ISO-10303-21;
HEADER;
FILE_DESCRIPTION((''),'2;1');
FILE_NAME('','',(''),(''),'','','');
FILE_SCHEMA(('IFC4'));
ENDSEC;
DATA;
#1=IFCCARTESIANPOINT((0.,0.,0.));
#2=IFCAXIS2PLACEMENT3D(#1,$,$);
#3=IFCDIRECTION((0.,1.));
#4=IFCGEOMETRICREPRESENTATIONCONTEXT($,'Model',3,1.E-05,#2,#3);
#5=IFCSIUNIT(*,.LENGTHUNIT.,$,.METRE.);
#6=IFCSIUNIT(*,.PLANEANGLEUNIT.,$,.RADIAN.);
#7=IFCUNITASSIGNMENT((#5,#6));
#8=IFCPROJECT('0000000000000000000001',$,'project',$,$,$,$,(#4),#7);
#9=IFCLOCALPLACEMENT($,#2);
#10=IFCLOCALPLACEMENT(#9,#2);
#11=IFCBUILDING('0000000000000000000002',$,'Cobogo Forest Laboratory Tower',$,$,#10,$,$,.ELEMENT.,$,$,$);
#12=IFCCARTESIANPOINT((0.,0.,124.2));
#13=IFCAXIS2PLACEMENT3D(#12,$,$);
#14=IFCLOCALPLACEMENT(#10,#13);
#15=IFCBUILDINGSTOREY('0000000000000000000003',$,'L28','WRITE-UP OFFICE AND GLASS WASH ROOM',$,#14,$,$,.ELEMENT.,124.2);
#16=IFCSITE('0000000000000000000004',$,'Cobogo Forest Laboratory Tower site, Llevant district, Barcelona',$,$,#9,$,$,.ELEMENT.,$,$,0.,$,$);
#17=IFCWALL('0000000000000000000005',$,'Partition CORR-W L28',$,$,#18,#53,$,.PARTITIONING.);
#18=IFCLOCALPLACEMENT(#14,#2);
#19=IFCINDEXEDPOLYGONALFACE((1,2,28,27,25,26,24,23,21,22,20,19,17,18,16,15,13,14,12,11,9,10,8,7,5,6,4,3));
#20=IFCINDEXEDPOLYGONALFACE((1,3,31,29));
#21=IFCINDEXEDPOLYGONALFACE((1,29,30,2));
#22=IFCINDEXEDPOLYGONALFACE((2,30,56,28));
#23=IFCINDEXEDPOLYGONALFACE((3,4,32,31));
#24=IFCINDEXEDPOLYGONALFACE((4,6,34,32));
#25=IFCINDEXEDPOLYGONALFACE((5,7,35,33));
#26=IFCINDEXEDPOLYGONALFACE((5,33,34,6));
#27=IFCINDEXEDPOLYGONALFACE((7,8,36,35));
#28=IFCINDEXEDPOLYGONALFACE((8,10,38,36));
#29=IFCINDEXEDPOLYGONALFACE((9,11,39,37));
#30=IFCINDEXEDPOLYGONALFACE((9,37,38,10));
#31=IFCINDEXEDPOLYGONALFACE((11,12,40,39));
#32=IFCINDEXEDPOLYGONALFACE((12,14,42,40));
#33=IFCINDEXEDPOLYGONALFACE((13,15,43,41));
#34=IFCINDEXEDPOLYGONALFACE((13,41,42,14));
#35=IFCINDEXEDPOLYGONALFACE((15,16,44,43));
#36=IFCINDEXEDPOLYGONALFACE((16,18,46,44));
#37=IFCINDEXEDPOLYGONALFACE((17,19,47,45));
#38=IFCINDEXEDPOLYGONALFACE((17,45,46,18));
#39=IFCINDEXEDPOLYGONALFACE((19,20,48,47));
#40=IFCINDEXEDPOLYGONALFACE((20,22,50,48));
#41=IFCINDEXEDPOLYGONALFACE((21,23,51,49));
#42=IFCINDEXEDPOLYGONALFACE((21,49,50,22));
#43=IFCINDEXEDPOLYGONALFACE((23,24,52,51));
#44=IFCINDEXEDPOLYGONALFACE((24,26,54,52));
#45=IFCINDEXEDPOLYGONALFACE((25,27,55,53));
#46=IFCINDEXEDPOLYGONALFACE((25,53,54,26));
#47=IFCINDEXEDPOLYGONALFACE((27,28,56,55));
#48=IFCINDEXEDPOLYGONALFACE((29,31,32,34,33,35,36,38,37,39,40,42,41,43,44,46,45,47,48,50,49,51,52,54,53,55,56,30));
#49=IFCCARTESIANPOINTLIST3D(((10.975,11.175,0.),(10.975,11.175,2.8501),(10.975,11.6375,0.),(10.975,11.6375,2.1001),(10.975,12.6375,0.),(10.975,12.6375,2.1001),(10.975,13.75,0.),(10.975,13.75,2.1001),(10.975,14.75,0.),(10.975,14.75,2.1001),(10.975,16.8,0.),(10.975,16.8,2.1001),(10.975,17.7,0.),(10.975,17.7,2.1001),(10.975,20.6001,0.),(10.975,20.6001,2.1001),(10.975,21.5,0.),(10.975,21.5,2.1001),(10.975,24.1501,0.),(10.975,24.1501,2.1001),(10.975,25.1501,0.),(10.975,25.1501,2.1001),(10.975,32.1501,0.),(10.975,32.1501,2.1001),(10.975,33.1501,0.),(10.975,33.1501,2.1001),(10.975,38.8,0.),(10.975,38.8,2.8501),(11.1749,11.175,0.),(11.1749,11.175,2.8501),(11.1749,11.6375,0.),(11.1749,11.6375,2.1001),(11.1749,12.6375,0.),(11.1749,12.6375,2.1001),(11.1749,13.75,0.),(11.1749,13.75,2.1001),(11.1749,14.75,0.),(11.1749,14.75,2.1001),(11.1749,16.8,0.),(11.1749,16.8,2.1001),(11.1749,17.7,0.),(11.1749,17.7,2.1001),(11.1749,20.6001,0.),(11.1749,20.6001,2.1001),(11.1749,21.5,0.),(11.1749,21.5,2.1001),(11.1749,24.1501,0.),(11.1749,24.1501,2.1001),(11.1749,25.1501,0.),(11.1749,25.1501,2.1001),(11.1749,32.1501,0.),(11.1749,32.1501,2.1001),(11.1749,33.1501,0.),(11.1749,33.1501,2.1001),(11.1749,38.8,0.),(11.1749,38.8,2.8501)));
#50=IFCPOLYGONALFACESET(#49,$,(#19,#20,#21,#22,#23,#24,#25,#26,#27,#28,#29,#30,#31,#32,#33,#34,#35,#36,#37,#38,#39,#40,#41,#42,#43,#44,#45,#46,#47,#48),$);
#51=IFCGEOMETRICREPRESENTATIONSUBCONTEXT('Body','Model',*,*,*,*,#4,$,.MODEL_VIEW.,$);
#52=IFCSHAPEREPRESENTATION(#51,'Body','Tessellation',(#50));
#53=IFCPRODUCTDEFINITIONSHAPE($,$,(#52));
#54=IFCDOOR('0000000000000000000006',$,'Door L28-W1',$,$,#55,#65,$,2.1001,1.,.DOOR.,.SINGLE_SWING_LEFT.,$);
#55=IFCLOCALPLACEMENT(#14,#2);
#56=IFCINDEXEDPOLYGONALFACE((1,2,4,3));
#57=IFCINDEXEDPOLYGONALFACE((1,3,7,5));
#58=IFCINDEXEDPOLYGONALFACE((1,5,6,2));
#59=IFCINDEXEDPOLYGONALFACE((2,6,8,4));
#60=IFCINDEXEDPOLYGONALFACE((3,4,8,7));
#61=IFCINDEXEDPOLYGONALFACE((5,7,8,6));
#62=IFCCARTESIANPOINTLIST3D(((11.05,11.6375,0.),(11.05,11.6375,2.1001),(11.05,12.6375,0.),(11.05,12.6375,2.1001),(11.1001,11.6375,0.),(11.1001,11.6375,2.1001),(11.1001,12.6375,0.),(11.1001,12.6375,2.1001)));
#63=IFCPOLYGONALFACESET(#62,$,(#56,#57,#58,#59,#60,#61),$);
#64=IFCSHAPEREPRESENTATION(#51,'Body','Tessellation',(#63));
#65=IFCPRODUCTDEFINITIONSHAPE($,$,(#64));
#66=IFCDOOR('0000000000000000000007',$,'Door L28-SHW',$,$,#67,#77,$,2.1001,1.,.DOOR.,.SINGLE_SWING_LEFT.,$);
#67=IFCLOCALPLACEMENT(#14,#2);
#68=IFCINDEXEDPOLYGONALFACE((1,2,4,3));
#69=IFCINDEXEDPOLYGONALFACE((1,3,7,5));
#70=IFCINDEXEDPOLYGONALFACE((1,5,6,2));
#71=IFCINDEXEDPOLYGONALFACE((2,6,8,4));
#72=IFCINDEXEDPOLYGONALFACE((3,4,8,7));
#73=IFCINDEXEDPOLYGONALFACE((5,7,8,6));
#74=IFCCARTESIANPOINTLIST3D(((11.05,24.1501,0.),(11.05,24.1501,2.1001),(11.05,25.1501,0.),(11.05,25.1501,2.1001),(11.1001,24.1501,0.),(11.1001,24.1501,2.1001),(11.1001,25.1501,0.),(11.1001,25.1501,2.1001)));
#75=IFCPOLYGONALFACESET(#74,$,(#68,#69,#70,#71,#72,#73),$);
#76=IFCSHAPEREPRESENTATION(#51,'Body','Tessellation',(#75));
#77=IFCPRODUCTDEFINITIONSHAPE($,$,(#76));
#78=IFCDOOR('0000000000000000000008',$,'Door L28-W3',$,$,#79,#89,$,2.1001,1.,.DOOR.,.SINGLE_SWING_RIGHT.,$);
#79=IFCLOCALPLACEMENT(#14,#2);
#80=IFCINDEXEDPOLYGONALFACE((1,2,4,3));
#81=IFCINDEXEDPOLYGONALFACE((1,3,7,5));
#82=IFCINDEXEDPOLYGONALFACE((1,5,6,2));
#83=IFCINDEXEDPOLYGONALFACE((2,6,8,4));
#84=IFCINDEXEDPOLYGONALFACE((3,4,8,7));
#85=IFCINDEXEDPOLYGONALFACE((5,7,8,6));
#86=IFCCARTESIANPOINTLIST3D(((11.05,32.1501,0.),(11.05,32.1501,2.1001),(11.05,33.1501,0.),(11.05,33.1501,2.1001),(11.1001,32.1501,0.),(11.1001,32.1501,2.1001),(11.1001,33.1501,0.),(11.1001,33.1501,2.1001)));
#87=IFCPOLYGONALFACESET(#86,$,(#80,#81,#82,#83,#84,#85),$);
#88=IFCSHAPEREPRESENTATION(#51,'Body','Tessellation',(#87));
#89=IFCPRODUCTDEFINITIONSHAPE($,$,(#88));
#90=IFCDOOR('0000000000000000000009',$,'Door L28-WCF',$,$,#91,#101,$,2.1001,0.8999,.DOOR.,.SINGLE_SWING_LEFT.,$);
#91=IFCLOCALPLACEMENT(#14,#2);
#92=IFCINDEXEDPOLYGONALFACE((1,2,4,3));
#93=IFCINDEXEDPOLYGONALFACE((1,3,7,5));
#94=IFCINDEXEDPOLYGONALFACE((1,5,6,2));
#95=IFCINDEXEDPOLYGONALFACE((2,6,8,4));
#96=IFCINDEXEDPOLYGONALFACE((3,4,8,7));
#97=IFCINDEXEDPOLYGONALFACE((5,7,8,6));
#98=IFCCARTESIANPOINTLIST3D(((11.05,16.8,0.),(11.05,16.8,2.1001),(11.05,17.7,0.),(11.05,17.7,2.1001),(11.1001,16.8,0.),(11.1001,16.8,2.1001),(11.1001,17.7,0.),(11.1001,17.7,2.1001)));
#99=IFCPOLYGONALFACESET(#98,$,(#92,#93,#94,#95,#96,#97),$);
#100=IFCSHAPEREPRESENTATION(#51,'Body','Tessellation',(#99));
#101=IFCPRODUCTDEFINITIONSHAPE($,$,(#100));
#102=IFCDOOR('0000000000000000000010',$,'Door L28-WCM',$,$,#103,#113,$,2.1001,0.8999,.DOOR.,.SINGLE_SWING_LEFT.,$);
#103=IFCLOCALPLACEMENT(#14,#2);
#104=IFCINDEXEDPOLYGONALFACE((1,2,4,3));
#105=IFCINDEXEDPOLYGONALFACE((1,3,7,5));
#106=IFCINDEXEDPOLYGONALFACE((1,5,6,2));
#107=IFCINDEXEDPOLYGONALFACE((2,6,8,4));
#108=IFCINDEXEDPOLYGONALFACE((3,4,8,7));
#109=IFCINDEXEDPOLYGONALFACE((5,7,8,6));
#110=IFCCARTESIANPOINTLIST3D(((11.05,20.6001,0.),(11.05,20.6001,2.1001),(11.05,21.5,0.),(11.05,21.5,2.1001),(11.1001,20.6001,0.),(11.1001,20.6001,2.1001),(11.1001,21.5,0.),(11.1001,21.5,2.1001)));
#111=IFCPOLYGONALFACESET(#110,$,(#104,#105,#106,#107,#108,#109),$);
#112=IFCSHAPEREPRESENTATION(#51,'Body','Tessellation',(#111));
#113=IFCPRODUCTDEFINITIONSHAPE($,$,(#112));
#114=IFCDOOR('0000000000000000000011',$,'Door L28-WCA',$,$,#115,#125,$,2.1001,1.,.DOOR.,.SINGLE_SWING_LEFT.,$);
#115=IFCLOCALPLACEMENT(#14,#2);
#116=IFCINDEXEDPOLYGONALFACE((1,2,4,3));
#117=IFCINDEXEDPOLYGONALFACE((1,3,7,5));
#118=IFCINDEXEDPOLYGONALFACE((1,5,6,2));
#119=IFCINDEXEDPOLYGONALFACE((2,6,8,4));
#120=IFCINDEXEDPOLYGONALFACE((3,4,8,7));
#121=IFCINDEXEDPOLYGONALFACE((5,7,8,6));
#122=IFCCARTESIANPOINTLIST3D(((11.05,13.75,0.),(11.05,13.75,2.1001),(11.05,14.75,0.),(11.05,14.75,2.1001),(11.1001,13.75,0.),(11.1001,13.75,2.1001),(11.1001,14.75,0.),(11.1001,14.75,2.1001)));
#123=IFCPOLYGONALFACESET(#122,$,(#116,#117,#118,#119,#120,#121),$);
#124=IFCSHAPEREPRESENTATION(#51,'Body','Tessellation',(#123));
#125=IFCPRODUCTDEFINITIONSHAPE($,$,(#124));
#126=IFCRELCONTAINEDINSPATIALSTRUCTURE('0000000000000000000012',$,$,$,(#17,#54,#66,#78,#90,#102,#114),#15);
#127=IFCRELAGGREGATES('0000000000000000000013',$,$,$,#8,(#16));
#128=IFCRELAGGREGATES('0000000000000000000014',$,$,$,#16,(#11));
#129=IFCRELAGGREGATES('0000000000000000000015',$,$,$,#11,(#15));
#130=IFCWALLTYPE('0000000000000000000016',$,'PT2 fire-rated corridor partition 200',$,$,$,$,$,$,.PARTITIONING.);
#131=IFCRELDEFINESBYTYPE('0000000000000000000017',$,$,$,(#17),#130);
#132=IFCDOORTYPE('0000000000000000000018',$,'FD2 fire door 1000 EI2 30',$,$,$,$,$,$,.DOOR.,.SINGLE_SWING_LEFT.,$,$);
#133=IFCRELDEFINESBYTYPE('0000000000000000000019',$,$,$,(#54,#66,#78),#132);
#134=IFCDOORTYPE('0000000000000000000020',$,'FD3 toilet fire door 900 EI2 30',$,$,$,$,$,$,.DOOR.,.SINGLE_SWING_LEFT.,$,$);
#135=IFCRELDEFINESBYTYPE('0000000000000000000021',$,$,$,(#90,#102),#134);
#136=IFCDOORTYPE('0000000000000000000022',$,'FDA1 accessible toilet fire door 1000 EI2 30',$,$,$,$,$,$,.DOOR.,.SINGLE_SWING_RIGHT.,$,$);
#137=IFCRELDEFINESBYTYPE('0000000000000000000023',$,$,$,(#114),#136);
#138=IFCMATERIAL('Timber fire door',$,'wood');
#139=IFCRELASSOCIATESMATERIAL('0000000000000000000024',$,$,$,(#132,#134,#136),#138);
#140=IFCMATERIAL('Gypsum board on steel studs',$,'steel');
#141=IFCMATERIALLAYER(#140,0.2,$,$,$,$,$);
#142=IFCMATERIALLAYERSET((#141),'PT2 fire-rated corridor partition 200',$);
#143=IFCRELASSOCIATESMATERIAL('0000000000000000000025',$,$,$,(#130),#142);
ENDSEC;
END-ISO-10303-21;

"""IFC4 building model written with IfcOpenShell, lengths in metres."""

from ifc_helpers import new_model, si_unit, direction, frame, frame_2d, origin, place, context, subcontext, project, spatial, rectangle, extrude, material, layer, layer_set, type_object, element, fill, save


model = new_model("IFC4")

# Units and contexts
model_context = context("Model", 3, precision=1e-05, world=origin(), true_north=direction((0.0, 1.0)))
body_context = subcontext(model_context, "Body", "Model", "MODEL_VIEW")
ifc_project = project(units=[si_unit("LENGTHUNIT", "METRE"), si_unit("PLANEANGLEUNIT", "RADIAN")], contexts=[model_context])

# Site, building, storey
site_placement = place(None, origin())
site = spatial("IfcSite", under=ifc_project, at=site_placement, Name="Cobogo Forest Laboratory Tower site, Llevant district, Barcelona", CompositionType="ELEMENT", RefElevation=0.0)
building_placement = place(site_placement, origin())
building = spatial("IfcBuilding", under=site, at=building_placement, Name="Cobogo Forest Laboratory Tower", CompositionType="ELEMENT")
storey_placement = place(building_placement, frame((0.0, 0.0, 124.2)))
storey = spatial("IfcBuildingStorey", under=building, at=storey_placement, Name="L28", Description="WRITE-UP OFFICE AND GLASS WASH ROOM", CompositionType="ELEMENT", Elevation=124.2)

# Shared definitions
ifc_material_1 = material(Name="Gypsum board on steel studs", Category="steel")

# Shared definitions
ifc_material_2 = material(Name="Timber fire door", Category="wood")
door_type_1 = type_object("IfcDoorType", Name="FD2 fire door 1000 EI2 30", OperationType="SINGLE_SWING_LEFT", PredefinedType="DOOR", material=ifc_material_2)

# Wall, openings, doors
ifc_layer_1 = layer(ifc_material_1, 0.2)
ifc_layer_set_1 = layer_set([ifc_layer_1], Name="PT2 fire-rated corridor partition 200")
wall_type_1 = type_object("IfcWallType", Name="PT2 fire-rated corridor partition 200", PredefinedType="PARTITIONING", material=ifc_layer_set_1)
wall_1_placement = place(storey_placement, frame((11.075, 11.175, 0.0), z_axis=(0.0, 0.0, 1.0), x_axis=(0.0, 1.0, 0.0)))
wall_1 = element("IfcWall", 1, at=wall_1_placement, inside=storey, type_object=wall_type_1, Name="Partition CORR-W L28", PredefinedType="PARTITIONING", context=body_context, shape_type="SweptSolid", body=[
    extrude(rectangle(XDim=27.625, YDim=0.2, at=frame_2d((13.8125, 0.0))), origin(), (0.0, 0.0, 1.0), 2.8501),
])
opening_1_placement = place(wall_1_placement, frame((0.4624, 0.0, 0.0)))
opening_1 = element("IfcOpeningElement", 2, at=opening_1_placement, cuts=wall_1, PredefinedType="OPENING", context=body_context, shape_type="SweptSolid", body=[
    extrude(rectangle(XDim=1.0, YDim=2.1001, at=frame_2d((0.5, 1.05))), frame((0.0, 0.1099, 0.0), z_axis=(0.0, -1.0, 0.0), x_axis=(1.0, 0.0, 0.0)), (0.0, 0.0, 1.0), 0.22),
])
opening_2_placement = place(wall_1_placement, frame((2.575, 0.0, 0.0)))
opening_2 = element("IfcOpeningElement", 3, at=opening_2_placement, cuts=wall_1, PredefinedType="OPENING", context=body_context, shape_type="SweptSolid", body=[
    extrude(rectangle(XDim=1.0, YDim=2.1001, at=frame_2d((0.5, 1.05))), frame((0.0, 0.1099, 0.0), z_axis=(0.0, -1.0, 0.0), x_axis=(1.0, 0.0, 0.0)), (0.0, 0.0, 1.0), 0.22),
])
opening_3_placement = place(wall_1_placement, frame((5.625, 0.0, 0.0)))
opening_3 = element("IfcOpeningElement", 4, at=opening_3_placement, cuts=wall_1, PredefinedType="OPENING", context=body_context, shape_type="SweptSolid", body=[
    extrude(rectangle(XDim=0.8999, YDim=2.1001, at=frame_2d((0.45, 1.05))), frame((0.0, 0.1099, 0.0), z_axis=(0.0, -1.0, 0.0), x_axis=(1.0, 0.0, 0.0)), (0.0, 0.0, 1.0), 0.22),
])
opening_4_placement = place(wall_1_placement, frame((9.425, 0.0, 0.0)))
opening_4 = element("IfcOpeningElement", 5, at=opening_4_placement, cuts=wall_1, PredefinedType="OPENING", context=body_context, shape_type="SweptSolid", body=[
    extrude(rectangle(XDim=0.8999, YDim=2.1001, at=frame_2d((0.45, 1.05))), frame((0.0, 0.1099, 0.0), z_axis=(0.0, -1.0, 0.0), x_axis=(1.0, 0.0, 0.0)), (0.0, 0.0, 1.0), 0.22),
])
opening_5_placement = place(wall_1_placement, frame((12.9751, 0.0, 0.0)))
opening_5 = element("IfcOpeningElement", 6, at=opening_5_placement, cuts=wall_1, PredefinedType="OPENING", context=body_context, shape_type="SweptSolid", body=[
    extrude(rectangle(XDim=1.0, YDim=2.1001, at=frame_2d((0.5, 1.05))), frame((0.0, 0.1099, 0.0), z_axis=(0.0, -1.0, 0.0), x_axis=(1.0, 0.0, 0.0)), (0.0, 0.0, 1.0), 0.22),
])
opening_6_placement = place(wall_1_placement, frame((20.9751, 0.0, 0.0)))
opening_6 = element("IfcOpeningElement", 7, at=opening_6_placement, cuts=wall_1, PredefinedType="OPENING", context=body_context, shape_type="SweptSolid", body=[
    extrude(rectangle(XDim=1.0, YDim=2.1001, at=frame_2d((0.5, 1.05))), frame((0.0, 0.1099, 0.0), z_axis=(0.0, -1.0, 0.0), x_axis=(1.0, 0.0, 0.0)), (0.0, 0.0, 1.0), 0.22),
])
door_1_placement = place(opening_1_placement, origin())
door_1 = element("IfcDoor", 8, at=door_1_placement, inside=storey, type_object=door_type_1, Name="Door L28-W1", OperationType="SINGLE_SWING_LEFT", OverallHeight=2.1001, OverallWidth=1.0, PredefinedType="DOOR", context=body_context, shape_type="SweptSolid", body=[
    extrude(rectangle(XDim=1.0, YDim=2.1001, at=frame_2d((0.5, 1.05))), frame((0.0, 0.0249, 0.0), z_axis=(0.0, -1.0, 0.0), x_axis=(1.0, 0.0, 0.0)), (0.0, 0.0, 1.0), 0.05),
])
fill(opening_1, door_1)
door_2_placement = place(opening_5_placement, origin())
door_2 = element("IfcDoor", 9, at=door_2_placement, inside=storey, type_object=door_type_1, Name="Door L28-SHW", OperationType="SINGLE_SWING_LEFT", OverallHeight=2.1001, OverallWidth=1.0, PredefinedType="DOOR", context=body_context, shape_type="SweptSolid", body=[
    extrude(rectangle(XDim=1.0, YDim=2.1001, at=frame_2d((0.5, 1.05))), frame((0.0, 0.0249, 0.0), z_axis=(0.0, -1.0, 0.0), x_axis=(1.0, 0.0, 0.0)), (0.0, 0.0, 1.0), 0.05),
])
fill(opening_5, door_2)
door_3_placement = place(opening_6_placement, origin())
door_3 = element("IfcDoor", 10, at=door_3_placement, inside=storey, type_object=door_type_1, Name="Door L28-W3", OperationType="SINGLE_SWING_RIGHT", OverallHeight=2.1001, OverallWidth=1.0, PredefinedType="DOOR", context=body_context, shape_type="SweptSolid", body=[
    extrude(rectangle(XDim=1.0, YDim=2.1001, at=frame_2d((0.5, 1.05))), frame((0.0, 0.0249, 0.0), z_axis=(0.0, -1.0, 0.0), x_axis=(1.0, 0.0, 0.0)), (0.0, 0.0, 1.0), 0.05),
])
fill(opening_6, door_3)
door_type_2 = type_object("IfcDoorType", Name="FD3 toilet fire door 900 EI2 30", OperationType="SINGLE_SWING_LEFT", PredefinedType="DOOR", material=ifc_material_2)
door_4_placement = place(opening_3_placement, origin())
door_4 = element("IfcDoor", 11, at=door_4_placement, inside=storey, type_object=door_type_2, Name="Door L28-WCF", OperationType="SINGLE_SWING_LEFT", OverallHeight=2.1001, OverallWidth=0.8999, PredefinedType="DOOR", context=body_context, shape_type="SweptSolid", body=[
    extrude(rectangle(XDim=0.8999, YDim=2.1001, at=frame_2d((0.45, 1.05))), frame((0.0, 0.0249, 0.0), z_axis=(0.0, -1.0, 0.0), x_axis=(1.0, 0.0, 0.0)), (0.0, 0.0, 1.0), 0.05),
])
fill(opening_3, door_4)
door_5_placement = place(opening_4_placement, origin())
door_5 = element("IfcDoor", 12, at=door_5_placement, inside=storey, type_object=door_type_2, Name="Door L28-WCM", OperationType="SINGLE_SWING_LEFT", OverallHeight=2.1001, OverallWidth=0.8999, PredefinedType="DOOR", context=body_context, shape_type="SweptSolid", body=[
    extrude(rectangle(XDim=0.8999, YDim=2.1001, at=frame_2d((0.45, 1.05))), frame((0.0, 0.0249, 0.0), z_axis=(0.0, -1.0, 0.0), x_axis=(1.0, 0.0, 0.0)), (0.0, 0.0, 1.0), 0.05),
])
fill(opening_4, door_5)
door_type_3 = type_object("IfcDoorType", Name="FDA1 accessible toilet fire door 1000 EI2 30", OperationType="SINGLE_SWING_RIGHT", PredefinedType="DOOR", material=ifc_material_2)
door_6_placement = place(opening_2_placement, origin())
door_6 = element("IfcDoor", 13, at=door_6_placement, inside=storey, type_object=door_type_3, Name="Door L28-WCA", OperationType="SINGLE_SWING_LEFT", OverallHeight=2.1001, OverallWidth=1.0, PredefinedType="DOOR", context=body_context, shape_type="SweptSolid", body=[
    extrude(rectangle(XDim=1.0, YDim=2.1001, at=frame_2d((0.5, 1.05))), frame((0.0, 0.0249, 0.0), z_axis=(0.0, -1.0, 0.0), x_axis=(1.0, 0.0, 0.0)), (0.0, 0.0, 1.0), 0.05),
])
fill(opening_2, door_6)

save(model, "model.ifc")
